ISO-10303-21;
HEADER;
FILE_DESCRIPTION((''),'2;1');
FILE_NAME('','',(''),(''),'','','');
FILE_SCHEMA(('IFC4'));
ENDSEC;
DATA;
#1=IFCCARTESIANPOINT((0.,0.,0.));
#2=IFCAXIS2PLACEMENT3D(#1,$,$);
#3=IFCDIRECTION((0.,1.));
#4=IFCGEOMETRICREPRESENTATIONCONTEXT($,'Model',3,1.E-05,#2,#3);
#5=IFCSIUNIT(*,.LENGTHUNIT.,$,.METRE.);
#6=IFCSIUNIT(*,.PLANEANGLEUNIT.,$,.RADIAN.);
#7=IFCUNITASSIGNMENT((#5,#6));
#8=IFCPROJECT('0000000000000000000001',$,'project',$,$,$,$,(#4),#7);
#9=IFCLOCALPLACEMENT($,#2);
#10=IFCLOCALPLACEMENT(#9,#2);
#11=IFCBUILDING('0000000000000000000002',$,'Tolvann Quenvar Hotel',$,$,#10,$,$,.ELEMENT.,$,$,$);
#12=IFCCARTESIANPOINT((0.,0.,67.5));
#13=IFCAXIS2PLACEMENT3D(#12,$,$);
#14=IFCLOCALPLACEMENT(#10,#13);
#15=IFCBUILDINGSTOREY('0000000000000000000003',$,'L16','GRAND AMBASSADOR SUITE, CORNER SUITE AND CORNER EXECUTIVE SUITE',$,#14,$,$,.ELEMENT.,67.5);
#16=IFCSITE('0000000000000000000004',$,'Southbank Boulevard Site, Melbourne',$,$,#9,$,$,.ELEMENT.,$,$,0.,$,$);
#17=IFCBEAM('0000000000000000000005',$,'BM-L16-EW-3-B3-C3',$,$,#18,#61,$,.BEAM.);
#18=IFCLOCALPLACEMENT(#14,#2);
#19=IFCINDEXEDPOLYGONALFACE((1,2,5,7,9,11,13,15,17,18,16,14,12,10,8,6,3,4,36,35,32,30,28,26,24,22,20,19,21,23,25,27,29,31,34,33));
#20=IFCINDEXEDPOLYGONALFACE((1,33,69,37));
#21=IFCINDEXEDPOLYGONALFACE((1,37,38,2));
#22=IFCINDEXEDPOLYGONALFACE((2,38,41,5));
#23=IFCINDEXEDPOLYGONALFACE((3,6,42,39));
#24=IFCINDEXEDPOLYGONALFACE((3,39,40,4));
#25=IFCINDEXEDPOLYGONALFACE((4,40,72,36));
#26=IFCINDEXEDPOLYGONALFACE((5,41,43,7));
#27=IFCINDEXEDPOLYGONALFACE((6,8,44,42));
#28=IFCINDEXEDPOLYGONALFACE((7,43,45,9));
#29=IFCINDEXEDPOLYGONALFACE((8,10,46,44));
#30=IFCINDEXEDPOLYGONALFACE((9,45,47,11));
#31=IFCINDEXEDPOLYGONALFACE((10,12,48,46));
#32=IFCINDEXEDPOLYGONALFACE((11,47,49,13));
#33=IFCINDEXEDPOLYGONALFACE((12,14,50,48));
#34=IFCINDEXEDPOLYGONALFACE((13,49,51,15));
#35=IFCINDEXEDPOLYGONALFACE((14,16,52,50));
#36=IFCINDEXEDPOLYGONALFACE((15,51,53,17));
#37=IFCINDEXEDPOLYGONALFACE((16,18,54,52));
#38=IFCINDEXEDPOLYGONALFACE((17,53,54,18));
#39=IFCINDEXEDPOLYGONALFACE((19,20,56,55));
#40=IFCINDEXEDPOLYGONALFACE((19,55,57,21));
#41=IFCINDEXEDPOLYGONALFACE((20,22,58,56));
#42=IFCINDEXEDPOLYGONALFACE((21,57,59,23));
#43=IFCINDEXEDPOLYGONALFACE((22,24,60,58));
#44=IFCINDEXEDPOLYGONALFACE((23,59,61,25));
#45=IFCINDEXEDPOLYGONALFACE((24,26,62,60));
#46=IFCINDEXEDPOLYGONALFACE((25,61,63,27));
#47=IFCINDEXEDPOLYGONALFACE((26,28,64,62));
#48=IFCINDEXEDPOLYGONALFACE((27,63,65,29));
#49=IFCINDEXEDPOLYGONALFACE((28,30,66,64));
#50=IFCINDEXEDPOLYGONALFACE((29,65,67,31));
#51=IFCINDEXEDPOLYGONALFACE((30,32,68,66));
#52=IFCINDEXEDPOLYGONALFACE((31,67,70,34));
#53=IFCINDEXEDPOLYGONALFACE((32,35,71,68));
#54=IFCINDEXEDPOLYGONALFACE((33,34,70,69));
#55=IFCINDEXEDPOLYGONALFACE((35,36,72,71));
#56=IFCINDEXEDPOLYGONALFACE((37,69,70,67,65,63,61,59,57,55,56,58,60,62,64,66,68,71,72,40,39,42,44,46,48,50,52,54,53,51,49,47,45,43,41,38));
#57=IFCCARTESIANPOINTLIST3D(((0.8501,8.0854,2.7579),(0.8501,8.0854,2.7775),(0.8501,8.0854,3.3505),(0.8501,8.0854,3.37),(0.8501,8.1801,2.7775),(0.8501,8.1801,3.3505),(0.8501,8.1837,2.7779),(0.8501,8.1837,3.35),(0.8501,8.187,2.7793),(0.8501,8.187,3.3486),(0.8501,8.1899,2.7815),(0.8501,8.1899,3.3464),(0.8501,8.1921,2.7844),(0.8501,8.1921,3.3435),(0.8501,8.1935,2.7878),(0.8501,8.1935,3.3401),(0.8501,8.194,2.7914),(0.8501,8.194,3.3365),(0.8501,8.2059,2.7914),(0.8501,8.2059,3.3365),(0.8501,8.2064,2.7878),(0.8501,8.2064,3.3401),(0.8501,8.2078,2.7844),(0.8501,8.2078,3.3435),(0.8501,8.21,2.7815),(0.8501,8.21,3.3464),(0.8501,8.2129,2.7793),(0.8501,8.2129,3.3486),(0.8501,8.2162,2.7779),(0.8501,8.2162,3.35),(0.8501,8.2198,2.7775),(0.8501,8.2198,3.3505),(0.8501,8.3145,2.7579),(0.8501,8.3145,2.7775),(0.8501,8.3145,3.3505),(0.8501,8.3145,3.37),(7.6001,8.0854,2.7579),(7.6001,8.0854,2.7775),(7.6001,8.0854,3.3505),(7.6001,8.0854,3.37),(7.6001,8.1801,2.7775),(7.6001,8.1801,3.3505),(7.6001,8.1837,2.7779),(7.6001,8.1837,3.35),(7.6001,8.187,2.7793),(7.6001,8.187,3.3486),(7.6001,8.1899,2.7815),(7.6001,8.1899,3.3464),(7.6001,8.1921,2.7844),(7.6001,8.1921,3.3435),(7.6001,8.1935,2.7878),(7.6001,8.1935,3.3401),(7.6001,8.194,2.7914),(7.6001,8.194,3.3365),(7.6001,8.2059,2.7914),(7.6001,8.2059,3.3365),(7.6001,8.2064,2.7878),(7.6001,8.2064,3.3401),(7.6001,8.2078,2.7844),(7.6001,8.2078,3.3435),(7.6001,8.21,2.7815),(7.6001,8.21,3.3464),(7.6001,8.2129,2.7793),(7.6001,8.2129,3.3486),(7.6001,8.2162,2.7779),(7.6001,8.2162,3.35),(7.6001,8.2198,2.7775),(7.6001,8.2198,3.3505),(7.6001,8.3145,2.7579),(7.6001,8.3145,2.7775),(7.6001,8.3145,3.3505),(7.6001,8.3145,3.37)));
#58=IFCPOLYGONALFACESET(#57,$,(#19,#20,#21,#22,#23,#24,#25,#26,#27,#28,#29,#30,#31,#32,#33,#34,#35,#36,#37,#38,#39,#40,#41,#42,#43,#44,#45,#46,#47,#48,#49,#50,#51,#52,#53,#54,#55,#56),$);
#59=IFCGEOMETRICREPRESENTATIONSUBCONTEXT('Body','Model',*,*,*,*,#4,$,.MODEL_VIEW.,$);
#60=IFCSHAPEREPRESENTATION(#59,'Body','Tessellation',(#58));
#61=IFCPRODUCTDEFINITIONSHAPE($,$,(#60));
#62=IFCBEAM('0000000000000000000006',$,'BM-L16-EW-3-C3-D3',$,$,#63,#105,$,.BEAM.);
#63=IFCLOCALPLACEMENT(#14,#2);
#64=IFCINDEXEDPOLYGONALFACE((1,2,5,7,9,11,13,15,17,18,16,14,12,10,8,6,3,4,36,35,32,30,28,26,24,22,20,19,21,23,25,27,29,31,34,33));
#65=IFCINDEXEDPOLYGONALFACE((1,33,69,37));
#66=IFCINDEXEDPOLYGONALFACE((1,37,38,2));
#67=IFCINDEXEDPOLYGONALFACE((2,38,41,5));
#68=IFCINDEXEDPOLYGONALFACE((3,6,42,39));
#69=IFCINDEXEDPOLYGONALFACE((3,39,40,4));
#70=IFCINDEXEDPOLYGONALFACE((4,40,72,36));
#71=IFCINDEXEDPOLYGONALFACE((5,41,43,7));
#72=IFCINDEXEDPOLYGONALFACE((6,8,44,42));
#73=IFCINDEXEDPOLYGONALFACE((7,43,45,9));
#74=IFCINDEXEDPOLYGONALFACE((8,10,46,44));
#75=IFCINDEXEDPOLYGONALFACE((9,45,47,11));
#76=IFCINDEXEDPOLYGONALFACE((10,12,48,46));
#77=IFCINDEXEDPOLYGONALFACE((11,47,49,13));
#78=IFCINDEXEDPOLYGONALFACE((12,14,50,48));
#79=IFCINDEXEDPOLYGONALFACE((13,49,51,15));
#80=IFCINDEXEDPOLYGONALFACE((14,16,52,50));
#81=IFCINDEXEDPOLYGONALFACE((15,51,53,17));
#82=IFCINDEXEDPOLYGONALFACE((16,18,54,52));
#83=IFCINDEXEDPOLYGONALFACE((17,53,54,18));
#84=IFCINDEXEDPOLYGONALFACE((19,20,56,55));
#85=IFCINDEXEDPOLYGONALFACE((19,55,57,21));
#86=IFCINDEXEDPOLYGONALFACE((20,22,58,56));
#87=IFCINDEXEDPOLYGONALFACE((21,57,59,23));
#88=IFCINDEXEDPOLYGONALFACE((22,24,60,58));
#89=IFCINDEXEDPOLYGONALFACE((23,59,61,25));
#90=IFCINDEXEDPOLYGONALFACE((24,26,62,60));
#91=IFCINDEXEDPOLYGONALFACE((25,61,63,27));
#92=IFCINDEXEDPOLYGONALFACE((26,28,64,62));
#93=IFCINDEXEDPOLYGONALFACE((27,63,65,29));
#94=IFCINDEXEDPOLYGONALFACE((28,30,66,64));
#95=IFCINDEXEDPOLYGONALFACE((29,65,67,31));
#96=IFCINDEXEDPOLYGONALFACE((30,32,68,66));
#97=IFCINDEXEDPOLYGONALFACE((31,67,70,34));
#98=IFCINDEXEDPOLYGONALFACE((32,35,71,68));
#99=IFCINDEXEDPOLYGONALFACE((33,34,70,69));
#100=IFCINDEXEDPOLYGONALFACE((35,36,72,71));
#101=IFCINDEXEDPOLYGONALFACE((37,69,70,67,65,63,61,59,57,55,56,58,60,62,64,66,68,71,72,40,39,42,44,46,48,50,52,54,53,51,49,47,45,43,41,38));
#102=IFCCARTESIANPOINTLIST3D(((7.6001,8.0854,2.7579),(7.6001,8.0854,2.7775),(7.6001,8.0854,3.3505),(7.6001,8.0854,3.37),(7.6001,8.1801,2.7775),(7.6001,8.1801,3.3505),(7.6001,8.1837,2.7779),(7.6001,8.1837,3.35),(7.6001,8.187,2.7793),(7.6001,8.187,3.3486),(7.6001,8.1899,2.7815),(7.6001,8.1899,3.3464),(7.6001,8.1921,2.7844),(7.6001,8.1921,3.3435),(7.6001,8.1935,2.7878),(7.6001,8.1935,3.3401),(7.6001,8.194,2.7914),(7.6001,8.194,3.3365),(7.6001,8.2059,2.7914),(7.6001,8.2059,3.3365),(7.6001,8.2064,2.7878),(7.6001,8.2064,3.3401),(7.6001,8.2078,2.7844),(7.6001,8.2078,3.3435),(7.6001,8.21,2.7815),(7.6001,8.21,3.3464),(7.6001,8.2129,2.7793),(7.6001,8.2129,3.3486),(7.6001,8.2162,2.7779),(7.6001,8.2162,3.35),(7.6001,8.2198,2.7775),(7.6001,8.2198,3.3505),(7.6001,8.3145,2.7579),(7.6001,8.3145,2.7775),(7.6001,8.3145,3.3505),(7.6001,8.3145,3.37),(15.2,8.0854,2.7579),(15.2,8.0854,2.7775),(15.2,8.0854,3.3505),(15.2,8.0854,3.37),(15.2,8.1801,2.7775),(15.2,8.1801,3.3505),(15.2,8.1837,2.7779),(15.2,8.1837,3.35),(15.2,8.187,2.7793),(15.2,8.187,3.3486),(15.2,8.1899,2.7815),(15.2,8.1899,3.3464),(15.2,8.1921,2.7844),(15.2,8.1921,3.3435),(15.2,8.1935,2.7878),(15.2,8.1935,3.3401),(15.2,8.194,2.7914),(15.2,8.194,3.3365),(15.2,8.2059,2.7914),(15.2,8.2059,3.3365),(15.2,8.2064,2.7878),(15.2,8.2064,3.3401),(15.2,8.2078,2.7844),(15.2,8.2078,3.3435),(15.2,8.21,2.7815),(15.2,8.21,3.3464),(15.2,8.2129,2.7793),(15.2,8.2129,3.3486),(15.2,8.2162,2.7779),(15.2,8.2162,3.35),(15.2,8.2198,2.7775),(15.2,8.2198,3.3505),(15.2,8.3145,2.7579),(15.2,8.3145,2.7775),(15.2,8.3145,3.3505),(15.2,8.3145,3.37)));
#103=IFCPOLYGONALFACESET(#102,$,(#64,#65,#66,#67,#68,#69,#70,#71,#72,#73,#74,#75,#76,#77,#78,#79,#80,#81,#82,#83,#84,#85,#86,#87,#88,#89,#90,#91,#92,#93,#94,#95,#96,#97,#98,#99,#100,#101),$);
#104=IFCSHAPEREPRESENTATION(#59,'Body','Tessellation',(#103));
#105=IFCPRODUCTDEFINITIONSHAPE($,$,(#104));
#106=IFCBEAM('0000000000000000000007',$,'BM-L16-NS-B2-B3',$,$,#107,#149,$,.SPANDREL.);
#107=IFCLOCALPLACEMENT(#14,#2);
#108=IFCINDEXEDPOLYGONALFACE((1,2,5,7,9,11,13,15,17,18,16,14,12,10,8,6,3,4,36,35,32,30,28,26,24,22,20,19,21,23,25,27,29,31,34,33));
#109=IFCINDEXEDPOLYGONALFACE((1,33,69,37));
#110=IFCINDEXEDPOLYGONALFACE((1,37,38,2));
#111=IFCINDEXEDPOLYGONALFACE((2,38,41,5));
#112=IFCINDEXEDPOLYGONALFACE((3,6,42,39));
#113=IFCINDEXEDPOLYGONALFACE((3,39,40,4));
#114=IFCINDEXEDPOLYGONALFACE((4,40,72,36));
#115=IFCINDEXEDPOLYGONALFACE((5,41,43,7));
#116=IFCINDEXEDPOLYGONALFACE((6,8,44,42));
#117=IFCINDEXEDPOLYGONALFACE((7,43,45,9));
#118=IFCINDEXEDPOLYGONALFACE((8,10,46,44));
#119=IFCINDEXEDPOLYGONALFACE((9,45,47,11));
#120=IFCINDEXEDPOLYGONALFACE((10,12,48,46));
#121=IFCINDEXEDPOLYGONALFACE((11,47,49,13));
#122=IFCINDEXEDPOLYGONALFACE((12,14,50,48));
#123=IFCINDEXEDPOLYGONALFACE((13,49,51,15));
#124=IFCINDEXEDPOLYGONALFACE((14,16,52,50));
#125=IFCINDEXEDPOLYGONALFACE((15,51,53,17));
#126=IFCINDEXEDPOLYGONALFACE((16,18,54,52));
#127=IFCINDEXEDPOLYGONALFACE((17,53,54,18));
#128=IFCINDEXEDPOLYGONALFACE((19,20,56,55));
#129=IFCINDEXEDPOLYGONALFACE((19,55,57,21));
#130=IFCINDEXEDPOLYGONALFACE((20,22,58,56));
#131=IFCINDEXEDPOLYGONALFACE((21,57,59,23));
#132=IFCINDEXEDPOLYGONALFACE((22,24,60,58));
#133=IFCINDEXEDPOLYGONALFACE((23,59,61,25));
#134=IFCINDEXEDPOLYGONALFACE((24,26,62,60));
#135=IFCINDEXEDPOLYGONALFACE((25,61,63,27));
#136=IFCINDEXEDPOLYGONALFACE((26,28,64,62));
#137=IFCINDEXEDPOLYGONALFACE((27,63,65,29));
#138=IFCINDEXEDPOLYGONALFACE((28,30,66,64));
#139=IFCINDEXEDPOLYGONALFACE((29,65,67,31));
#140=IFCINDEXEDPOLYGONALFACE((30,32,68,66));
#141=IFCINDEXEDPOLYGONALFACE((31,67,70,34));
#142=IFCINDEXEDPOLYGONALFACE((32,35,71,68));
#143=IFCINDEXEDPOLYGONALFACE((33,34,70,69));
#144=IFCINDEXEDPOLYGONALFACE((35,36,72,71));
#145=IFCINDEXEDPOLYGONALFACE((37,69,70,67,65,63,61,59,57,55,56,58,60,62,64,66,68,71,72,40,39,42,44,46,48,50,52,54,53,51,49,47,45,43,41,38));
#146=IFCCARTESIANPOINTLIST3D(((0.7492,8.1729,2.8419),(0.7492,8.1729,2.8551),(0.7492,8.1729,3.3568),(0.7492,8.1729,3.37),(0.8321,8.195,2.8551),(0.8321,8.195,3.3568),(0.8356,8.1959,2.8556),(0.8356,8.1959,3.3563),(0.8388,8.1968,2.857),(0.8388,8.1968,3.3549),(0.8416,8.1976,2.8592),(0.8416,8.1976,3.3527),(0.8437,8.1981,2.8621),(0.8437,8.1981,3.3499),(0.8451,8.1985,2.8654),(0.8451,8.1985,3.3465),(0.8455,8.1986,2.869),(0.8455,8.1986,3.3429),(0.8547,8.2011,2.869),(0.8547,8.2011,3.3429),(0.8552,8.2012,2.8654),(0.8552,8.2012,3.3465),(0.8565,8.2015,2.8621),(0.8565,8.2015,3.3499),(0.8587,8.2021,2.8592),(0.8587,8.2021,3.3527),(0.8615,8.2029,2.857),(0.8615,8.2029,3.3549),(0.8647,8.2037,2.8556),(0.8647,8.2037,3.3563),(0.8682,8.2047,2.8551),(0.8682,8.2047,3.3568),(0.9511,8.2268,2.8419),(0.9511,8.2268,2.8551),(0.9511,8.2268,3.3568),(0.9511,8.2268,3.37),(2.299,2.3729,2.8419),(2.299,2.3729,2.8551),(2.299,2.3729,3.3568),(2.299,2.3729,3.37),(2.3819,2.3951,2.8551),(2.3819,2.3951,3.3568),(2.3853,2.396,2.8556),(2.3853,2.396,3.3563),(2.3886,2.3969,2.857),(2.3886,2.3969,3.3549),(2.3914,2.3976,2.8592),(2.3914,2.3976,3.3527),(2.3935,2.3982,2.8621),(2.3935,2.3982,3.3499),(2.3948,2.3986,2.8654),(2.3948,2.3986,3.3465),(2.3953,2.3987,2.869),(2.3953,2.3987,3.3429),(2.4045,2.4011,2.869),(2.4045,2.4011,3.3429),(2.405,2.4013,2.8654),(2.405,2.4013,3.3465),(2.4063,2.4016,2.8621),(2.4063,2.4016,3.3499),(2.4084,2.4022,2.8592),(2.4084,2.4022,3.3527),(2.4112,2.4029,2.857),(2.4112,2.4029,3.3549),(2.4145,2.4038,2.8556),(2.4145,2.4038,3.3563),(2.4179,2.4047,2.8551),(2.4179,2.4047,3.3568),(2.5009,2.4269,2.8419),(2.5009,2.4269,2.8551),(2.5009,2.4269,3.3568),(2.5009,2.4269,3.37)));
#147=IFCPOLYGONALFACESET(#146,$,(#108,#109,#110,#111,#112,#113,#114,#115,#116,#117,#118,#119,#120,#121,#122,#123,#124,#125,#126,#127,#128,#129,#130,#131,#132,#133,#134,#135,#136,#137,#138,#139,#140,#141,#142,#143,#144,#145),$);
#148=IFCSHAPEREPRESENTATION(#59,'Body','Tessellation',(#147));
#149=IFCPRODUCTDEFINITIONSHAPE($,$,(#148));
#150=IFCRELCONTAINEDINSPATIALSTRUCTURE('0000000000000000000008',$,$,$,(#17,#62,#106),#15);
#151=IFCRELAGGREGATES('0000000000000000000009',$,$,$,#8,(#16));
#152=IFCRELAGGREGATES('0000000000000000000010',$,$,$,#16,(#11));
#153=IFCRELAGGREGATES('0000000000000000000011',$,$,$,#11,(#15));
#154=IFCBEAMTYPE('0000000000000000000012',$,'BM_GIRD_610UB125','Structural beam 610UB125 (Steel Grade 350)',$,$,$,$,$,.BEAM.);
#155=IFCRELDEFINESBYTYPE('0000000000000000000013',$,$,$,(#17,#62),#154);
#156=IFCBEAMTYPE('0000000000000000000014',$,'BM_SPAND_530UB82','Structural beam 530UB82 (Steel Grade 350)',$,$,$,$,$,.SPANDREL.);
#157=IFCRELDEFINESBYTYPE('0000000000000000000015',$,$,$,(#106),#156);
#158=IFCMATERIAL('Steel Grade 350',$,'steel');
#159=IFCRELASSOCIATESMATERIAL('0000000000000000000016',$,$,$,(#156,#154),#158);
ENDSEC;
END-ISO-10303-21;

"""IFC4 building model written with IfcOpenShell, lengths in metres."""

from ifc_helpers import new_model, si_unit, direction, frame, origin, origin_2d, place, context, subcontext, project, spatial, i_section, extrude, source, transform, mapped, material, material_profile, profile_set, type_object, type_shapes, element, save


model = new_model("IFC4")

# Units and contexts
model_context = context("Model", 3, precision=1e-05, world=origin(), true_north=direction((0.0, 1.0)))
body_context = subcontext(model_context, "Body", "Model", "MODEL_VIEW")
ifc_project = project(units=[si_unit("LENGTHUNIT", "METRE"), si_unit("PLANEANGLEUNIT", "RADIAN")], contexts=[model_context])

# Site, building, storey
site_placement = place(None, origin())
site = spatial("IfcSite", under=ifc_project, at=site_placement, Name="Southbank Boulevard Site, Melbourne", CompositionType="ELEMENT", RefElevation=0.0)
building_placement = place(site_placement, origin())
building = spatial("IfcBuilding", under=site, at=building_placement, Name="Tolvann Quenvar Hotel", CompositionType="ELEMENT")
storey_placement = place(building_placement, frame((0.0, 0.0, 67.5)))
storey = spatial("IfcBuildingStorey", under=building, at=storey_placement, Name="L16", Description="GRAND AMBASSADOR SUITE, CORNER SUITE AND CORNER EXECUTIVE SUITE", CompositionType="ELEMENT", Elevation=67.5)

# Shared definitions
ifc_material_1 = material(Name="Steel Grade 350", Category="steel")

# Beams
ifc_material_profile_1 = material_profile(ifc_material_1, i_section(OverallWidth=0.209, OverallDepth=0.5281, WebThickness=0.0095, FlangeThickness=0.0132, FilletRadius=0.0139, at=origin_2d()), Name="530UB82")
ifc_profile_set_1 = profile_set([ifc_material_profile_1], Name="Steel Grade 350")
beam_type_1 = type_object("IfcBeamType", Name="BM_SPAND_530UB82", Description="Structural beam 530UB82 (Steel Grade 350)", PredefinedType="SPANDREL", material=ifc_profile_set_1)
ifc_material_profile_2 = material_profile(ifc_material_1, i_section(OverallWidth=0.229, OverallDepth=0.6121, WebThickness=0.012, FlangeThickness=0.0195, FilletRadius=0.0139, at=origin_2d()), Name="610UB125")
ifc_profile_set_2 = profile_set([ifc_material_profile_2], Name="Steel Grade 350")
beam_type_2 = type_object("IfcBeamType", Name="BM_GIRD_610UB125", Description="Structural beam 610UB125 (Steel Grade 350)", PredefinedType="BEAM", material=ifc_profile_set_2)
shared_shape_1 = source(origin(), body_context, "Body", "SweptSolid", [
    extrude(i_section(OverallWidth=0.229, OverallDepth=0.6121, WebThickness=0.012, FlangeThickness=0.0195, FilletRadius=0.0139, at=origin_2d()), origin(), (0.0, 0.0, 1.0), 6.75),
])
beam_1_placement = place(storey_placement, frame((0.8501, 8.2, 3.064), z_axis=(1.0, 0.0, 0.0), x_axis=(0.0, 1.0, 0.0)))
element("IfcBeam", 1, at=beam_1_placement, inside=storey, type_object=beam_type_2, Name="BM-L16-EW-3-B3-C3", PredefinedType="BEAM", context=body_context, shape_type="MappedRepresentation", body=[
    mapped(shared_shape_1, transform((0.0, 0.0, 0.0), x_axis=(1.0, 0.0, 0.0), y_axis=(0.0, 1.0, 0.0), z_axis=(0.0, 0.0, 1.0), scale=1.0)),
])
shared_shape_2 = source(origin(), body_context, "Body", "SweptSolid", [
    extrude(i_section(OverallWidth=0.229, OverallDepth=0.6121, WebThickness=0.012, FlangeThickness=0.0195, FilletRadius=0.0139, at=origin_2d()), origin(), (0.0, 0.0, 1.0), 7.5999),
])
type_shapes(beam_type_2, [shared_shape_1, shared_shape_2])
beam_2_placement = place(storey_placement, frame((7.6001, 8.2, 3.064), z_axis=(1.0, 0.0, 0.0), x_axis=(0.0, 1.0, 0.0)))
element("IfcBeam", 2, at=beam_2_placement, inside=storey, type_object=beam_type_2, Name="BM-L16-EW-3-C3-D3", PredefinedType="BEAM", context=body_context, shape_type="MappedRepresentation", body=[
    mapped(shared_shape_2, transform((0.0, 0.0, 0.0), x_axis=(1.0, 0.0, 0.0), y_axis=(0.0, 1.0, 0.0), z_axis=(0.0, 0.0, 1.0), scale=1.0)),
])
shared_shape_3 = source(origin(), body_context, "Body", "SweptSolid", [
    extrude(i_section(OverallWidth=0.209, OverallDepth=0.5281, WebThickness=0.0095, FlangeThickness=0.0132, FilletRadius=0.0139, at=origin_2d()), origin(), (0.0, 0.0, 1.0), 6.0034),
])
beam_3_placement = place(storey_placement, frame((2.3999, 2.3999, 3.106), z_axis=(-0.258149, 0.966105, 0.0), x_axis=(-0.966105, -0.258149, 0.0)))
element("IfcBeam", 3, at=beam_3_placement, inside=storey, type_object=beam_type_1, Name="BM-L16-NS-B2-B3", PredefinedType="SPANDREL", context=body_context, shape_type="MappedRepresentation", body=[
    mapped(shared_shape_3, transform((0.0, 0.0, 0.0), x_axis=(1.0, 0.0, 0.0), y_axis=(0.0, 1.0, 0.0), z_axis=(0.0, 0.0, 1.0), scale=1.0)),
])

save(model, "model.ifc")
